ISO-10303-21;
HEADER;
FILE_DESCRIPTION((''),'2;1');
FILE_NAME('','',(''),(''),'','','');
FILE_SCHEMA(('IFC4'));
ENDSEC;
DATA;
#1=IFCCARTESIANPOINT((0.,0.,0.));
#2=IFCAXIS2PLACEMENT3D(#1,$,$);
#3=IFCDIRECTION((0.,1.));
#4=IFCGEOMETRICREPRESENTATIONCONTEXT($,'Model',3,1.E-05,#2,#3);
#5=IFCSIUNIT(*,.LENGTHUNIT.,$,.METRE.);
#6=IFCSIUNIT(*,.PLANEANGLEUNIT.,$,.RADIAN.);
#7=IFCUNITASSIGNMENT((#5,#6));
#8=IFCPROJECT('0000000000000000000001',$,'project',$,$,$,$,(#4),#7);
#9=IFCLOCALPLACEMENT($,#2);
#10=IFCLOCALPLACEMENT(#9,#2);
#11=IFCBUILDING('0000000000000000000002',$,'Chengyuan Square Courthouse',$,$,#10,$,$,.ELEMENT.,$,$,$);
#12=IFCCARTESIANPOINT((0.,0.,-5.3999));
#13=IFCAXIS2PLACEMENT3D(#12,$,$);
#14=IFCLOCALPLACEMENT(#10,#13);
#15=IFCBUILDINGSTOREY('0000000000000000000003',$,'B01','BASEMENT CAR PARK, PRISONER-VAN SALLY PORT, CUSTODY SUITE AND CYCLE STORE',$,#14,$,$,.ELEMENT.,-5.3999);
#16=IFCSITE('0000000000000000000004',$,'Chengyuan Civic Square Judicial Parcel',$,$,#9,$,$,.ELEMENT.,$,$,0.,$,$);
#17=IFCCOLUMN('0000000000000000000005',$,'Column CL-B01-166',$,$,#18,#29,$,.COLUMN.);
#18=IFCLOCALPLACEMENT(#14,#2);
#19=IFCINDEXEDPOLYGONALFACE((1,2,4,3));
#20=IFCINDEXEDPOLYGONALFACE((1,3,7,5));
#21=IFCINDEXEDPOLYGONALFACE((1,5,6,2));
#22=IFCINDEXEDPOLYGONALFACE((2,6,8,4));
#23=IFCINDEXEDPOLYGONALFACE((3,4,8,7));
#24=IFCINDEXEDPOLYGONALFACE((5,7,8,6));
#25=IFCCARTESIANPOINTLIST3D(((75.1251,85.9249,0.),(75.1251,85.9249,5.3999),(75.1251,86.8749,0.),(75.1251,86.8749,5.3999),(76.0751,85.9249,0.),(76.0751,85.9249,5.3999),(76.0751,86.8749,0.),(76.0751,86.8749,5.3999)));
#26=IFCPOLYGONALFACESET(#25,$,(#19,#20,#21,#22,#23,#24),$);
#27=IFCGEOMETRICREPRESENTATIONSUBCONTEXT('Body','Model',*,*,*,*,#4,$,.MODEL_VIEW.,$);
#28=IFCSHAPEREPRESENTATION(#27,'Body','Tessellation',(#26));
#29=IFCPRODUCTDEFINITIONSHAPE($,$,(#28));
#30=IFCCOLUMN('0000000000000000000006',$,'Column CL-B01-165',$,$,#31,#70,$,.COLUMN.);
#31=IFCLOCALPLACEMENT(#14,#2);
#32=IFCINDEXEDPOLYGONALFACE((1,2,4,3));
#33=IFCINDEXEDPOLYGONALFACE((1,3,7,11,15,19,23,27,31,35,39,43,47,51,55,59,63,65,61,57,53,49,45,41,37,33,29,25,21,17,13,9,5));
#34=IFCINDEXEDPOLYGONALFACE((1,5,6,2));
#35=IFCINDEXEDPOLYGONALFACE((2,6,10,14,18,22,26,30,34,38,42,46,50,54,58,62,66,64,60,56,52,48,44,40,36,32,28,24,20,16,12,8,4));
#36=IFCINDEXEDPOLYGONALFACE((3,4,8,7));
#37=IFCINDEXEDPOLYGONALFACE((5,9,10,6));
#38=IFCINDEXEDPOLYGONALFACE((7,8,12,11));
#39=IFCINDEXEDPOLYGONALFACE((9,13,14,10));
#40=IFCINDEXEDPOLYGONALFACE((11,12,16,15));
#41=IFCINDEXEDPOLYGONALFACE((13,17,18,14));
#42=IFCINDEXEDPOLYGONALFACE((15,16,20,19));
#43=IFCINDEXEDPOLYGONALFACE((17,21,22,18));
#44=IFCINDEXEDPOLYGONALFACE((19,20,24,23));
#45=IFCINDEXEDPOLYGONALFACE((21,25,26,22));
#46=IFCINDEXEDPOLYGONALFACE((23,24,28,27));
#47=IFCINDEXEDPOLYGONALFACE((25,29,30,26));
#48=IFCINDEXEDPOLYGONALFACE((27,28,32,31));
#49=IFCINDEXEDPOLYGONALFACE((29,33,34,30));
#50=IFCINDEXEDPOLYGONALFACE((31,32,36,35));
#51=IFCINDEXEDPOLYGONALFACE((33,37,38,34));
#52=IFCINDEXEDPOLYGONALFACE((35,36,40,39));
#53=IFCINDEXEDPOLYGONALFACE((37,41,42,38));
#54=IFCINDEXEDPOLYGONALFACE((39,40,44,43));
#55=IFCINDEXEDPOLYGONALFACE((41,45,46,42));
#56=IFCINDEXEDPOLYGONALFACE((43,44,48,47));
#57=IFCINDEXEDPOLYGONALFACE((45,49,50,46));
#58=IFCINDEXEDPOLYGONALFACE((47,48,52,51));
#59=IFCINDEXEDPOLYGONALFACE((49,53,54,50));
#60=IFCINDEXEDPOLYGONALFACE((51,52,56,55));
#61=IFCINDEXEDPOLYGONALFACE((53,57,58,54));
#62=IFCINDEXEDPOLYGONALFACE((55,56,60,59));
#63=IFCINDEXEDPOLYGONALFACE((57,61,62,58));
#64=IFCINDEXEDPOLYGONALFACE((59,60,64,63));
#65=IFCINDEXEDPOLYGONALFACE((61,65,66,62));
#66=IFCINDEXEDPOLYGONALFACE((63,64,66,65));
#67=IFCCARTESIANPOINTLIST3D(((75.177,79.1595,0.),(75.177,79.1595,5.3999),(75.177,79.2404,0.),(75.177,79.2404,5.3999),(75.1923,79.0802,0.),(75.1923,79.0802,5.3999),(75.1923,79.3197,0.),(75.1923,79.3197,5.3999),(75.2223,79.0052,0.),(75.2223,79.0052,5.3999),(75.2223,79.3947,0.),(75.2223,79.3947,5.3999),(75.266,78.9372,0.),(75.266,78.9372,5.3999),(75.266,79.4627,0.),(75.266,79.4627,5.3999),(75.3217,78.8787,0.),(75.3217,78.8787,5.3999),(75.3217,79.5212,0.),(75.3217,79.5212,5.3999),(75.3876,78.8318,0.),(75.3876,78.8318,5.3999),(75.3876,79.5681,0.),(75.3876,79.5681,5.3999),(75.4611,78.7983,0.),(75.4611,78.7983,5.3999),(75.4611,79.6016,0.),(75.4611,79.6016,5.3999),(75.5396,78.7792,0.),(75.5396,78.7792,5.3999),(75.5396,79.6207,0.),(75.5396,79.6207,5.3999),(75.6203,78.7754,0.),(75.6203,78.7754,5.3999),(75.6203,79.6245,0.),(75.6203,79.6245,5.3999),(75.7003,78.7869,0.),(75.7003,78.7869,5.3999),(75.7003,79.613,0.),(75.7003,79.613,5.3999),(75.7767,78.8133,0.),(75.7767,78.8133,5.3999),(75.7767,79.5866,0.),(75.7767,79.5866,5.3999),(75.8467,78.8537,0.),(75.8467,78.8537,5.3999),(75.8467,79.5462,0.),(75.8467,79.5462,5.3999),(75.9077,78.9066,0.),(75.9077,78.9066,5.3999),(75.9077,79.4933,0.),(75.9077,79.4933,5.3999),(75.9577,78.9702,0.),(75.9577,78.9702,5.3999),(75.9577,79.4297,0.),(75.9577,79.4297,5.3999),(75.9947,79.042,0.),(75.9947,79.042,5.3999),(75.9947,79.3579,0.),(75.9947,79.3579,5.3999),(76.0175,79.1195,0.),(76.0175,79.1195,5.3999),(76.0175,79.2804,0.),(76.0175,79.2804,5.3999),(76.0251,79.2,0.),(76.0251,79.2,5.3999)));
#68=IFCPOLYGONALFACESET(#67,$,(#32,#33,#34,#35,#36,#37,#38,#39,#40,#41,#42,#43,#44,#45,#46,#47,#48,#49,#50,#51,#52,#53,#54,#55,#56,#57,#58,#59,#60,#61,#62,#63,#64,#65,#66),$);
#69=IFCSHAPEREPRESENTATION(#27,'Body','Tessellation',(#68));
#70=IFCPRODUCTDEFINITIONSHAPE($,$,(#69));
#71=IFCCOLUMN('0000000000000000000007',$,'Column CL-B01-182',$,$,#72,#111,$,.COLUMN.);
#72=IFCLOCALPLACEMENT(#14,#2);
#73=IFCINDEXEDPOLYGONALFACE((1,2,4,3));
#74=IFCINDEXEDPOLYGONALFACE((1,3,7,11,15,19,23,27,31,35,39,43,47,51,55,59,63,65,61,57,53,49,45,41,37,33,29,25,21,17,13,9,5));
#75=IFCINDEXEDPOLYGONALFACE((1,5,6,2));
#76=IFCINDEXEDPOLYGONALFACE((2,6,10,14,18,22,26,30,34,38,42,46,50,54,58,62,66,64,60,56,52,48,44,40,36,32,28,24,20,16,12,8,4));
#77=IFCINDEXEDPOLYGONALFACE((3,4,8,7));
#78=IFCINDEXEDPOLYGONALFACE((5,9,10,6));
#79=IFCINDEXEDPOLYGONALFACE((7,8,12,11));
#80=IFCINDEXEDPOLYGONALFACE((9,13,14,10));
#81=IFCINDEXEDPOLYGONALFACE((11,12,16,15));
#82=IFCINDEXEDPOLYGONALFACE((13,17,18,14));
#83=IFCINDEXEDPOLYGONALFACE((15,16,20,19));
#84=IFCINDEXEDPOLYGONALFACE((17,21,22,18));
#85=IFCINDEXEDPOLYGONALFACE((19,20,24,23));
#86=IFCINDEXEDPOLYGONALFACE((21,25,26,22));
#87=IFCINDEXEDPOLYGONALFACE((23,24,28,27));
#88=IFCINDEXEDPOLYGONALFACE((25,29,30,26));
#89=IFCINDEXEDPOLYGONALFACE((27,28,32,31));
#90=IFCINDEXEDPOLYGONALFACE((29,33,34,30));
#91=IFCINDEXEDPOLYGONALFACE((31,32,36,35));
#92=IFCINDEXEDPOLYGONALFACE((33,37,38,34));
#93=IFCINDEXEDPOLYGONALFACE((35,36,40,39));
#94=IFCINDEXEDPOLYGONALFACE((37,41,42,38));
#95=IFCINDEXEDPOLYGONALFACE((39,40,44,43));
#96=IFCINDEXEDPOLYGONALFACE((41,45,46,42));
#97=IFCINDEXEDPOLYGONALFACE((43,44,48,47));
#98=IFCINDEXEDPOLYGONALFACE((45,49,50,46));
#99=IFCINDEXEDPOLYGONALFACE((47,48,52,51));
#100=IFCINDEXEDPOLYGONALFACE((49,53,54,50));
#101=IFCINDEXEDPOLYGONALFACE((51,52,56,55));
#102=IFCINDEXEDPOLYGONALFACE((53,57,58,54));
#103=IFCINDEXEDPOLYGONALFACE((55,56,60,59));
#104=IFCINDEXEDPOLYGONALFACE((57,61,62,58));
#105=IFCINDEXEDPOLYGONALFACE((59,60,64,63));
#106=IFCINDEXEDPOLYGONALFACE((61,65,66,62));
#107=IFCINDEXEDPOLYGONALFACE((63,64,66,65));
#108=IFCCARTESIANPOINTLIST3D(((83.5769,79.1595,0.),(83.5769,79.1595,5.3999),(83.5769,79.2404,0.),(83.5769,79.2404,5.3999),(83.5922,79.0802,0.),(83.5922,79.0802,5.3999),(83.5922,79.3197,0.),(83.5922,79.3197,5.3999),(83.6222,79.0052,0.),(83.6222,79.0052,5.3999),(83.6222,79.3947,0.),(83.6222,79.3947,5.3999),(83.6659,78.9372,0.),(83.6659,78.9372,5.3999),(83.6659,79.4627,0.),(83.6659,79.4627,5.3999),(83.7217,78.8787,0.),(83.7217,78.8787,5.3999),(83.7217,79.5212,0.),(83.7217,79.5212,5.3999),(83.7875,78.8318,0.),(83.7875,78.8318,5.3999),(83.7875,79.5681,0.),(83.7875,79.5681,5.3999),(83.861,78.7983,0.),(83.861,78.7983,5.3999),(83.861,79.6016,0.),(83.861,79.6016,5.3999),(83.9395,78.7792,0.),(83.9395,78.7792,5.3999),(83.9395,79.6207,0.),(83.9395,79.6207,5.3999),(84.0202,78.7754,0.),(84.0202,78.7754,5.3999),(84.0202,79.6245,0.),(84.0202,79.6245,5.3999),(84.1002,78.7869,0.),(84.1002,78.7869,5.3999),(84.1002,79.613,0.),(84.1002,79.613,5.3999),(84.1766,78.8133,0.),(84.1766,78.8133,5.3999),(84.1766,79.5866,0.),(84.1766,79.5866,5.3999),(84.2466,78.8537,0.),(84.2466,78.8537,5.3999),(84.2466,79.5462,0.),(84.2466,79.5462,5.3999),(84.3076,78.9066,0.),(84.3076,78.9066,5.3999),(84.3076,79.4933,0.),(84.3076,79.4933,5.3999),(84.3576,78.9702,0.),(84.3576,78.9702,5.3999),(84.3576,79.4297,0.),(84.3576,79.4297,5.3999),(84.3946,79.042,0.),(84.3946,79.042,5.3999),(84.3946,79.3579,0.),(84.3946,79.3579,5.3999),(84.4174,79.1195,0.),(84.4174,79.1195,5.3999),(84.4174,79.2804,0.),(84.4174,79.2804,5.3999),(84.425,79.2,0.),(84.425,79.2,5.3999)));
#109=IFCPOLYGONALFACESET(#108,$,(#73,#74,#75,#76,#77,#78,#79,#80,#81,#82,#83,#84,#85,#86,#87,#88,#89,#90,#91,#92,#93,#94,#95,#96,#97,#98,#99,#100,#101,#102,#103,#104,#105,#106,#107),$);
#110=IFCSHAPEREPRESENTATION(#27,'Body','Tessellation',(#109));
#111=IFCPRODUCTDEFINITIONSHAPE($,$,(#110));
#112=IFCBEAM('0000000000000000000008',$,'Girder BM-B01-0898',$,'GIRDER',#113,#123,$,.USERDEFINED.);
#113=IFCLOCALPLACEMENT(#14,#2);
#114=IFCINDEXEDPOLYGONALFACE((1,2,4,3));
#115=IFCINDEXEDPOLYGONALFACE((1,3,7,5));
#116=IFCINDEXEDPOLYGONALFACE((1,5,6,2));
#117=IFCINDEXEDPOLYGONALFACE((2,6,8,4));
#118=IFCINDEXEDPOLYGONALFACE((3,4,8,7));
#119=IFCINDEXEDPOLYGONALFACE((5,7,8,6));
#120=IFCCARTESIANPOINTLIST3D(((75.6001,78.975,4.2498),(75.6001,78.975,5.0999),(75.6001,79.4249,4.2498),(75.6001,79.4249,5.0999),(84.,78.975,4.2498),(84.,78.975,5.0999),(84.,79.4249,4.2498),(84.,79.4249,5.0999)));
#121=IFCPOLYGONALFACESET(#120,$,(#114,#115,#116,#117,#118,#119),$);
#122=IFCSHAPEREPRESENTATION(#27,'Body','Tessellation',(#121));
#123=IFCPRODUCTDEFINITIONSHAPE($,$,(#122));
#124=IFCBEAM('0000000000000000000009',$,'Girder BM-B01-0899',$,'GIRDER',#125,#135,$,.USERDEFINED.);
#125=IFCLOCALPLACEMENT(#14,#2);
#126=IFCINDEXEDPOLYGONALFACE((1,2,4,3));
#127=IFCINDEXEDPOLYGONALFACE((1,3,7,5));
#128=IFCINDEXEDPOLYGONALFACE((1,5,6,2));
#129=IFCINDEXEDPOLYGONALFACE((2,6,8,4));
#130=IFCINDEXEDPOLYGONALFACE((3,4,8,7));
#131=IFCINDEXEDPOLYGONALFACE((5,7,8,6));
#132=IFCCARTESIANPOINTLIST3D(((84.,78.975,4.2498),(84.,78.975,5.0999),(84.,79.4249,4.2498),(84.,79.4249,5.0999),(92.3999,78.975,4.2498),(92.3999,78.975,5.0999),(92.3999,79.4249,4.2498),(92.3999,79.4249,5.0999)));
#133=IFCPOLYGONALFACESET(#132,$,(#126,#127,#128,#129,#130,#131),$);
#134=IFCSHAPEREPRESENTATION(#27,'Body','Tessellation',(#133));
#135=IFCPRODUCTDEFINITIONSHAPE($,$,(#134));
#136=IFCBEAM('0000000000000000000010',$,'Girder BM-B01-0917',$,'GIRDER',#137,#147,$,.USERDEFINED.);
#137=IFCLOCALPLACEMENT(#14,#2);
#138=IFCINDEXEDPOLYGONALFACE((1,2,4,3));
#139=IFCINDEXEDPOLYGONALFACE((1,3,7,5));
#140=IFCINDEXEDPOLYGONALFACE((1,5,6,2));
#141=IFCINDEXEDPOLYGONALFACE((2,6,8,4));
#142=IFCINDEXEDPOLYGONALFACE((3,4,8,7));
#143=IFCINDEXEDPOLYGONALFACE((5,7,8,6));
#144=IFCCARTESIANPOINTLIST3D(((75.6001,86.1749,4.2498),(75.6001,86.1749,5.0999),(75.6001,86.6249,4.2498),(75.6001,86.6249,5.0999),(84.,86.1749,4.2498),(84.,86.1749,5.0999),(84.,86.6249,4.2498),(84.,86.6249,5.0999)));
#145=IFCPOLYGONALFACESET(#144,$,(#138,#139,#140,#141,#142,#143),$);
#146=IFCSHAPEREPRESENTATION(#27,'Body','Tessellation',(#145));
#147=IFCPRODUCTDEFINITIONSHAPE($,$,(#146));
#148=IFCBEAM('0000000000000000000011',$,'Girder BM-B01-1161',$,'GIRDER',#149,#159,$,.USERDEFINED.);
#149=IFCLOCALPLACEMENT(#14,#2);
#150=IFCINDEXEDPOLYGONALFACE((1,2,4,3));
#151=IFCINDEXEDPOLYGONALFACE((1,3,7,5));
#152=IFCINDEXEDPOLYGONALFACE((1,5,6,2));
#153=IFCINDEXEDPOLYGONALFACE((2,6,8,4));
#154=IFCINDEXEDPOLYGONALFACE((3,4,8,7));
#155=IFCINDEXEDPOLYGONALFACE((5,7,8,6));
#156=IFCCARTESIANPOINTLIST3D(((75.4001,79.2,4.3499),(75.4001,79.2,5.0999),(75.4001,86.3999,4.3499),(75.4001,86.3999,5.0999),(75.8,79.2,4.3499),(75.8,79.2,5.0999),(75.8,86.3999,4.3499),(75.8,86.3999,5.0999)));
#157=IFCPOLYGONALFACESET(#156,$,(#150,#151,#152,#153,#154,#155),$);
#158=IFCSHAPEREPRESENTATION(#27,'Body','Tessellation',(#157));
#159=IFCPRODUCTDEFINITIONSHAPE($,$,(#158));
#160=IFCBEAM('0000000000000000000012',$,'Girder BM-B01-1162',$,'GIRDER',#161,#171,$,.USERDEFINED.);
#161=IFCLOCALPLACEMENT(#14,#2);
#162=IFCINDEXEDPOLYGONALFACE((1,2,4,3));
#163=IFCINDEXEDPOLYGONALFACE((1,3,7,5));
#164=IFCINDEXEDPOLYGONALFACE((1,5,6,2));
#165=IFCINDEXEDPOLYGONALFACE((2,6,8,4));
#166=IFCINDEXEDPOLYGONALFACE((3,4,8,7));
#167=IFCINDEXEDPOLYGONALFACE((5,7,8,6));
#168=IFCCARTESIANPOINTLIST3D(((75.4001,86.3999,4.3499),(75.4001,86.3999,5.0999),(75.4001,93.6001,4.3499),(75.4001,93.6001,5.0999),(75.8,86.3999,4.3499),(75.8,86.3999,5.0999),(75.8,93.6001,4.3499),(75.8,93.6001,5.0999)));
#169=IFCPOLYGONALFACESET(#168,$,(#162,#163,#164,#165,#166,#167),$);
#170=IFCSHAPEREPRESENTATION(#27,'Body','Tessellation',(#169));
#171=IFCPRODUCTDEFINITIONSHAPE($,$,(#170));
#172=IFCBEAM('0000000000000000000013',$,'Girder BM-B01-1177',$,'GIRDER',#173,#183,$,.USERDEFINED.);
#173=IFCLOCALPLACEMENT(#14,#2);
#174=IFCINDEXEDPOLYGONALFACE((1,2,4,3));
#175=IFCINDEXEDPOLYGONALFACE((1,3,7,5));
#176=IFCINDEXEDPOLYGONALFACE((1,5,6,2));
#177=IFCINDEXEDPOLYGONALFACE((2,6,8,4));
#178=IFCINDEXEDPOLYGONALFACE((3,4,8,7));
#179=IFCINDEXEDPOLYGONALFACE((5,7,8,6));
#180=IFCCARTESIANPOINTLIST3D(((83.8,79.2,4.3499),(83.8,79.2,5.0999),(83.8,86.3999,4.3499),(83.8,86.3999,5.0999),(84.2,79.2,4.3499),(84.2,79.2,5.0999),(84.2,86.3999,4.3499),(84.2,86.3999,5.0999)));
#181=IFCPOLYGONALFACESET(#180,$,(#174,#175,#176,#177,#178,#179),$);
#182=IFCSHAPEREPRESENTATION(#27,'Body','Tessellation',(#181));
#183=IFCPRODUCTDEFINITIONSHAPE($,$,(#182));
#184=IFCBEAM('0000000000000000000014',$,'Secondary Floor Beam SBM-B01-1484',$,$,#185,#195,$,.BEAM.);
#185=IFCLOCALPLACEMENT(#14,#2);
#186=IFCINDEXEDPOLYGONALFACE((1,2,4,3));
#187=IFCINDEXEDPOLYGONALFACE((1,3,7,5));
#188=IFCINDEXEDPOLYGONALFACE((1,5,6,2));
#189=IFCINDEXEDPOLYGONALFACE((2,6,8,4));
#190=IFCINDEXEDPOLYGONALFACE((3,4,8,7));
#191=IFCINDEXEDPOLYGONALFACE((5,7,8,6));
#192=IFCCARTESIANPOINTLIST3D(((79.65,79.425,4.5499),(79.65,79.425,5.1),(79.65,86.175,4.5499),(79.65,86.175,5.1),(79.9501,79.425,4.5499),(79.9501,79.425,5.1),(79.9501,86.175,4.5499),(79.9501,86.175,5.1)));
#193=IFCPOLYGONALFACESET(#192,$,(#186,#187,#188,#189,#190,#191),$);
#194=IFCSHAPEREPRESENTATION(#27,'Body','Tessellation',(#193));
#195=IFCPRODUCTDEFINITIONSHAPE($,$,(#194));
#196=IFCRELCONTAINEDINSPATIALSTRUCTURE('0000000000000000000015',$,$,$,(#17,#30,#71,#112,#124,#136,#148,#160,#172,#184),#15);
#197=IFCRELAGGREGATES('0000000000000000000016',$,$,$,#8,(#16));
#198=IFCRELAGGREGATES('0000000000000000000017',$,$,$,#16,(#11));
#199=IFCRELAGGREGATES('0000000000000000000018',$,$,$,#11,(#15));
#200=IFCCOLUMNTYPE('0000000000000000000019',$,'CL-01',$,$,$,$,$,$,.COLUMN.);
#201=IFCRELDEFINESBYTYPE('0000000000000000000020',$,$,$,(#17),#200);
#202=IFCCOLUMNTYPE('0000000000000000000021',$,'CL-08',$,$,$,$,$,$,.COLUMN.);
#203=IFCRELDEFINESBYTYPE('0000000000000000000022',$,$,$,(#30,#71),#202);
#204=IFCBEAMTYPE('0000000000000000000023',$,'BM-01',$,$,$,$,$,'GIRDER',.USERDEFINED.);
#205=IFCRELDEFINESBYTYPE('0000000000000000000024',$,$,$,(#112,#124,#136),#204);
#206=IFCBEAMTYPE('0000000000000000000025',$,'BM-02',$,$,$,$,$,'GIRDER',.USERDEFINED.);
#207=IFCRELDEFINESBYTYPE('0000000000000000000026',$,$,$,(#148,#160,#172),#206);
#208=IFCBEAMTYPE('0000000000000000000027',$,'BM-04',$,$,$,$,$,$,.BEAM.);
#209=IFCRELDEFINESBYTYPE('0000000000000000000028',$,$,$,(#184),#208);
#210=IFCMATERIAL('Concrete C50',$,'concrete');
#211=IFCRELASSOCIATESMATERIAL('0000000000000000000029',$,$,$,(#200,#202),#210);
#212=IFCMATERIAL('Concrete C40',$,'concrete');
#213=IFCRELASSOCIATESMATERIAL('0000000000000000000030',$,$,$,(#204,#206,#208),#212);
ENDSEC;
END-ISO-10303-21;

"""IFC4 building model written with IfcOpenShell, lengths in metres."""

from ifc_helpers import new_model, si_unit, direction, frame, origin, origin_2d, place, context, subcontext, project, spatial, rectangle, circle, extrude, material, material_profile, profile_set, type_object, element, save


model = new_model("IFC4")

# Units and contexts
model_context = context("Model", 3, precision=1e-05, world=origin(), true_north=direction((0.0, 1.0)))
body_context = subcontext(model_context, "Body", "Model", "MODEL_VIEW")
ifc_project = project(units=[si_unit("LENGTHUNIT", "METRE"), si_unit("PLANEANGLEUNIT", "RADIAN")], contexts=[model_context])

# Site, building, storey
site_placement = place(None, origin())
site = spatial("IfcSite", under=ifc_project, at=site_placement, Name="Chengyuan Civic Square Judicial Parcel", CompositionType="ELEMENT", RefElevation=0.0)
building_placement = place(site_placement, origin())
building = spatial("IfcBuilding", under=site, at=building_placement, Name="Chengyuan Square Courthouse", CompositionType="ELEMENT")
storey_placement = place(building_placement, frame((0.0, 0.0, -5.3999)))
storey = spatial("IfcBuildingStorey", under=building, at=storey_placement, Name="B01", Description="BASEMENT CAR PARK, PRISONER-VAN SALLY PORT, CUSTODY SUITE AND CYCLE STORE", CompositionType="ELEMENT", Elevation=-5.3999)

# Columns
ifc_material_1 = material(Name="Concrete C50", Category="concrete")
ifc_material_profile_1 = material_profile(ifc_material_1, rectangle(XDim=0.95, YDim=0.95, at=origin_2d()), Name="RC-COL-950x950")
ifc_profile_set_1 = profile_set([ifc_material_profile_1], Name="Concrete C50")
column_type_1 = type_object("IfcColumnType", Name="CL-01", PredefinedType="COLUMN", material=ifc_profile_set_1)
column_placement = place(storey_placement, frame((75.6001, 86.3999, 0.0), z_axis=(0.0, 0.0, 1.0), x_axis=(1.0, 0.0, 0.0)))
element("IfcColumn", 1, at=column_placement, inside=storey, type_object=column_type_1, Name="Column CL-B01-166", PredefinedType="COLUMN", context=body_context, shape_type="SweptSolid", body=[
    extrude(rectangle(XDim=0.95, YDim=0.95, at=origin_2d()), origin(), (0.0, 0.0, 1.0), 5.3999),
])
ifc_material_profile_2 = material_profile(ifc_material_1, circle(Radius=0.425, at=origin_2d()), Name="RC-COL-D850")
ifc_profile_set_2 = profile_set([ifc_material_profile_2], Name="Concrete C50")
column_type_2 = type_object("IfcColumnType", Name="CL-08", PredefinedType="COLUMN", material=ifc_profile_set_2)
for number, where, z_axis, x_axis, name in (
    (2, (75.6001, 79.2, 0.0), (0.0, 0.0, 1.0), (1.0, 0.0, 0.0), "Column CL-B01-165"),
    (3, (84.0, 79.2, 0.0), (0.0, 0.0, 1.0), (1.0, 0.0, 0.0), "Column CL-B01-182"),
):
    element("IfcColumn", number, at=place(storey_placement, frame(where, z_axis=z_axis, x_axis=x_axis)), inside=storey, type_object=column_type_2, Name=name, PredefinedType="COLUMN", context=body_context, shape_type="SweptSolid", body=[
        extrude(circle(Radius=0.425, at=origin_2d()), origin(), (0.0, 0.0, 1.0), 5.3999),
    ])

# Beams
ifc_material_2 = material(Name="Concrete C40", Category="concrete")
ifc_material_profile_3 = material_profile(ifc_material_2, rectangle(XDim=0.45, YDim=0.8501, at=origin_2d()), Name="RC-BM-450x850")
ifc_profile_set_3 = profile_set([ifc_material_profile_3], Name="Concrete C40")
beam_type_1 = type_object("IfcBeamType", Name="BM-01", ElementType="GIRDER", PredefinedType="USERDEFINED", material=ifc_profile_set_3)
for number, where, z_axis, x_axis, name in (
    (4, (75.6001, 79.2, 4.6748), (1.0, 0.0, 0.0), (0.0, 1.0, 0.0), "Girder BM-B01-0898"),
    (5, (84.0, 79.2, 4.6748), (1.0, 0.0, 0.0), (0.0, 1.0, 0.0), "Girder BM-B01-0899"),
    (6, (75.6001, 86.3999, 4.6748), (1.0, 0.0, 0.0), (0.0, 1.0, 0.0), "Girder BM-B01-0917"),
):
    element("IfcBeam", number, at=place(storey_placement, frame(where, z_axis=z_axis, x_axis=x_axis)), inside=storey, type_object=beam_type_1, Name=name, ObjectType="GIRDER", PredefinedType="USERDEFINED", context=body_context, shape_type="SweptSolid", body=[
        extrude(rectangle(XDim=0.45, YDim=0.8501, at=origin_2d()), origin(), (0.0, 0.0, 1.0), 8.3999),
    ])
ifc_material_profile_4 = material_profile(ifc_material_2, rectangle(XDim=0.3999, YDim=0.75, at=origin_2d()), Name="RC-BM-400x750")
ifc_profile_set_4 = profile_set([ifc_material_profile_4], Name="Concrete C40")
beam_type_2 = type_object("IfcBeamType", Name="BM-02", ElementType="GIRDER", PredefinedType="USERDEFINED", material=ifc_profile_set_4)
beam_1_placement = place(storey_placement, frame((75.6001, 79.2, 4.7249), z_axis=(0.0, 1.0, 0.0), x_axis=(-1.0, 0.0, 0.0)))
element("IfcBeam", 7, at=beam_1_placement, inside=storey, type_object=beam_type_2, Name="Girder BM-B01-1161", ObjectType="GIRDER", PredefinedType="USERDEFINED", context=body_context, shape_type="SweptSolid", body=[
    extrude(rectangle(XDim=0.3999, YDim=0.75, at=origin_2d()), origin(), (0.0, 0.0, 1.0), 7.2),
])
beam_2_placement = place(storey_placement, frame((75.6001, 86.3999, 4.7249), z_axis=(0.0, 1.0, 0.0), x_axis=(-1.0, 0.0, 0.0)))
element("IfcBeam", 8, at=beam_2_placement, inside=storey, type_object=beam_type_2, Name="Girder BM-B01-1162", ObjectType="GIRDER", PredefinedType="USERDEFINED", context=body_context, shape_type="SweptSolid", body=[
    extrude(rectangle(XDim=0.3999, YDim=0.75, at=origin_2d()), origin(), (0.0, 0.0, 1.0), 7.2002),
])
beam_3_placement = place(storey_placement, frame((84.0, 79.2, 4.7249), z_axis=(0.0, 1.0, 0.0), x_axis=(-1.0, 0.0, 0.0)))
element("IfcBeam", 9, at=beam_3_placement, inside=storey, type_object=beam_type_2, Name="Girder BM-B01-1177", ObjectType="GIRDER", PredefinedType="USERDEFINED", context=body_context, shape_type="SweptSolid", body=[
    extrude(rectangle(XDim=0.3999, YDim=0.75, at=origin_2d()), origin(), (0.0, 0.0, 1.0), 7.2),
])
ifc_material_profile_5 = material_profile(ifc_material_2, rectangle(XDim=0.3, YDim=0.55, at=origin_2d()), Name="RC-BM-300x550")
ifc_profile_set_5 = profile_set([ifc_material_profile_5], Name="Concrete C40")
beam_type_3 = type_object("IfcBeamType", Name="BM-04", PredefinedType="BEAM", material=ifc_profile_set_5)
beam_4_placement = place(storey_placement, frame((79.8, 79.425, 4.825), z_axis=(0.0, 1.0, 0.0), x_axis=(-1.0, 0.0, 0.0)))
element("IfcBeam", 10, at=beam_4_placement, inside=storey, type_object=beam_type_3, Name="Secondary Floor Beam SBM-B01-1484", PredefinedType="BEAM", context=body_context, shape_type="SweptSolid", body=[
    extrude(rectangle(XDim=0.3, YDim=0.55, at=origin_2d()), origin(), (0.0, 0.0, 1.0), 6.75),
])

save(model, "model.ifc")
